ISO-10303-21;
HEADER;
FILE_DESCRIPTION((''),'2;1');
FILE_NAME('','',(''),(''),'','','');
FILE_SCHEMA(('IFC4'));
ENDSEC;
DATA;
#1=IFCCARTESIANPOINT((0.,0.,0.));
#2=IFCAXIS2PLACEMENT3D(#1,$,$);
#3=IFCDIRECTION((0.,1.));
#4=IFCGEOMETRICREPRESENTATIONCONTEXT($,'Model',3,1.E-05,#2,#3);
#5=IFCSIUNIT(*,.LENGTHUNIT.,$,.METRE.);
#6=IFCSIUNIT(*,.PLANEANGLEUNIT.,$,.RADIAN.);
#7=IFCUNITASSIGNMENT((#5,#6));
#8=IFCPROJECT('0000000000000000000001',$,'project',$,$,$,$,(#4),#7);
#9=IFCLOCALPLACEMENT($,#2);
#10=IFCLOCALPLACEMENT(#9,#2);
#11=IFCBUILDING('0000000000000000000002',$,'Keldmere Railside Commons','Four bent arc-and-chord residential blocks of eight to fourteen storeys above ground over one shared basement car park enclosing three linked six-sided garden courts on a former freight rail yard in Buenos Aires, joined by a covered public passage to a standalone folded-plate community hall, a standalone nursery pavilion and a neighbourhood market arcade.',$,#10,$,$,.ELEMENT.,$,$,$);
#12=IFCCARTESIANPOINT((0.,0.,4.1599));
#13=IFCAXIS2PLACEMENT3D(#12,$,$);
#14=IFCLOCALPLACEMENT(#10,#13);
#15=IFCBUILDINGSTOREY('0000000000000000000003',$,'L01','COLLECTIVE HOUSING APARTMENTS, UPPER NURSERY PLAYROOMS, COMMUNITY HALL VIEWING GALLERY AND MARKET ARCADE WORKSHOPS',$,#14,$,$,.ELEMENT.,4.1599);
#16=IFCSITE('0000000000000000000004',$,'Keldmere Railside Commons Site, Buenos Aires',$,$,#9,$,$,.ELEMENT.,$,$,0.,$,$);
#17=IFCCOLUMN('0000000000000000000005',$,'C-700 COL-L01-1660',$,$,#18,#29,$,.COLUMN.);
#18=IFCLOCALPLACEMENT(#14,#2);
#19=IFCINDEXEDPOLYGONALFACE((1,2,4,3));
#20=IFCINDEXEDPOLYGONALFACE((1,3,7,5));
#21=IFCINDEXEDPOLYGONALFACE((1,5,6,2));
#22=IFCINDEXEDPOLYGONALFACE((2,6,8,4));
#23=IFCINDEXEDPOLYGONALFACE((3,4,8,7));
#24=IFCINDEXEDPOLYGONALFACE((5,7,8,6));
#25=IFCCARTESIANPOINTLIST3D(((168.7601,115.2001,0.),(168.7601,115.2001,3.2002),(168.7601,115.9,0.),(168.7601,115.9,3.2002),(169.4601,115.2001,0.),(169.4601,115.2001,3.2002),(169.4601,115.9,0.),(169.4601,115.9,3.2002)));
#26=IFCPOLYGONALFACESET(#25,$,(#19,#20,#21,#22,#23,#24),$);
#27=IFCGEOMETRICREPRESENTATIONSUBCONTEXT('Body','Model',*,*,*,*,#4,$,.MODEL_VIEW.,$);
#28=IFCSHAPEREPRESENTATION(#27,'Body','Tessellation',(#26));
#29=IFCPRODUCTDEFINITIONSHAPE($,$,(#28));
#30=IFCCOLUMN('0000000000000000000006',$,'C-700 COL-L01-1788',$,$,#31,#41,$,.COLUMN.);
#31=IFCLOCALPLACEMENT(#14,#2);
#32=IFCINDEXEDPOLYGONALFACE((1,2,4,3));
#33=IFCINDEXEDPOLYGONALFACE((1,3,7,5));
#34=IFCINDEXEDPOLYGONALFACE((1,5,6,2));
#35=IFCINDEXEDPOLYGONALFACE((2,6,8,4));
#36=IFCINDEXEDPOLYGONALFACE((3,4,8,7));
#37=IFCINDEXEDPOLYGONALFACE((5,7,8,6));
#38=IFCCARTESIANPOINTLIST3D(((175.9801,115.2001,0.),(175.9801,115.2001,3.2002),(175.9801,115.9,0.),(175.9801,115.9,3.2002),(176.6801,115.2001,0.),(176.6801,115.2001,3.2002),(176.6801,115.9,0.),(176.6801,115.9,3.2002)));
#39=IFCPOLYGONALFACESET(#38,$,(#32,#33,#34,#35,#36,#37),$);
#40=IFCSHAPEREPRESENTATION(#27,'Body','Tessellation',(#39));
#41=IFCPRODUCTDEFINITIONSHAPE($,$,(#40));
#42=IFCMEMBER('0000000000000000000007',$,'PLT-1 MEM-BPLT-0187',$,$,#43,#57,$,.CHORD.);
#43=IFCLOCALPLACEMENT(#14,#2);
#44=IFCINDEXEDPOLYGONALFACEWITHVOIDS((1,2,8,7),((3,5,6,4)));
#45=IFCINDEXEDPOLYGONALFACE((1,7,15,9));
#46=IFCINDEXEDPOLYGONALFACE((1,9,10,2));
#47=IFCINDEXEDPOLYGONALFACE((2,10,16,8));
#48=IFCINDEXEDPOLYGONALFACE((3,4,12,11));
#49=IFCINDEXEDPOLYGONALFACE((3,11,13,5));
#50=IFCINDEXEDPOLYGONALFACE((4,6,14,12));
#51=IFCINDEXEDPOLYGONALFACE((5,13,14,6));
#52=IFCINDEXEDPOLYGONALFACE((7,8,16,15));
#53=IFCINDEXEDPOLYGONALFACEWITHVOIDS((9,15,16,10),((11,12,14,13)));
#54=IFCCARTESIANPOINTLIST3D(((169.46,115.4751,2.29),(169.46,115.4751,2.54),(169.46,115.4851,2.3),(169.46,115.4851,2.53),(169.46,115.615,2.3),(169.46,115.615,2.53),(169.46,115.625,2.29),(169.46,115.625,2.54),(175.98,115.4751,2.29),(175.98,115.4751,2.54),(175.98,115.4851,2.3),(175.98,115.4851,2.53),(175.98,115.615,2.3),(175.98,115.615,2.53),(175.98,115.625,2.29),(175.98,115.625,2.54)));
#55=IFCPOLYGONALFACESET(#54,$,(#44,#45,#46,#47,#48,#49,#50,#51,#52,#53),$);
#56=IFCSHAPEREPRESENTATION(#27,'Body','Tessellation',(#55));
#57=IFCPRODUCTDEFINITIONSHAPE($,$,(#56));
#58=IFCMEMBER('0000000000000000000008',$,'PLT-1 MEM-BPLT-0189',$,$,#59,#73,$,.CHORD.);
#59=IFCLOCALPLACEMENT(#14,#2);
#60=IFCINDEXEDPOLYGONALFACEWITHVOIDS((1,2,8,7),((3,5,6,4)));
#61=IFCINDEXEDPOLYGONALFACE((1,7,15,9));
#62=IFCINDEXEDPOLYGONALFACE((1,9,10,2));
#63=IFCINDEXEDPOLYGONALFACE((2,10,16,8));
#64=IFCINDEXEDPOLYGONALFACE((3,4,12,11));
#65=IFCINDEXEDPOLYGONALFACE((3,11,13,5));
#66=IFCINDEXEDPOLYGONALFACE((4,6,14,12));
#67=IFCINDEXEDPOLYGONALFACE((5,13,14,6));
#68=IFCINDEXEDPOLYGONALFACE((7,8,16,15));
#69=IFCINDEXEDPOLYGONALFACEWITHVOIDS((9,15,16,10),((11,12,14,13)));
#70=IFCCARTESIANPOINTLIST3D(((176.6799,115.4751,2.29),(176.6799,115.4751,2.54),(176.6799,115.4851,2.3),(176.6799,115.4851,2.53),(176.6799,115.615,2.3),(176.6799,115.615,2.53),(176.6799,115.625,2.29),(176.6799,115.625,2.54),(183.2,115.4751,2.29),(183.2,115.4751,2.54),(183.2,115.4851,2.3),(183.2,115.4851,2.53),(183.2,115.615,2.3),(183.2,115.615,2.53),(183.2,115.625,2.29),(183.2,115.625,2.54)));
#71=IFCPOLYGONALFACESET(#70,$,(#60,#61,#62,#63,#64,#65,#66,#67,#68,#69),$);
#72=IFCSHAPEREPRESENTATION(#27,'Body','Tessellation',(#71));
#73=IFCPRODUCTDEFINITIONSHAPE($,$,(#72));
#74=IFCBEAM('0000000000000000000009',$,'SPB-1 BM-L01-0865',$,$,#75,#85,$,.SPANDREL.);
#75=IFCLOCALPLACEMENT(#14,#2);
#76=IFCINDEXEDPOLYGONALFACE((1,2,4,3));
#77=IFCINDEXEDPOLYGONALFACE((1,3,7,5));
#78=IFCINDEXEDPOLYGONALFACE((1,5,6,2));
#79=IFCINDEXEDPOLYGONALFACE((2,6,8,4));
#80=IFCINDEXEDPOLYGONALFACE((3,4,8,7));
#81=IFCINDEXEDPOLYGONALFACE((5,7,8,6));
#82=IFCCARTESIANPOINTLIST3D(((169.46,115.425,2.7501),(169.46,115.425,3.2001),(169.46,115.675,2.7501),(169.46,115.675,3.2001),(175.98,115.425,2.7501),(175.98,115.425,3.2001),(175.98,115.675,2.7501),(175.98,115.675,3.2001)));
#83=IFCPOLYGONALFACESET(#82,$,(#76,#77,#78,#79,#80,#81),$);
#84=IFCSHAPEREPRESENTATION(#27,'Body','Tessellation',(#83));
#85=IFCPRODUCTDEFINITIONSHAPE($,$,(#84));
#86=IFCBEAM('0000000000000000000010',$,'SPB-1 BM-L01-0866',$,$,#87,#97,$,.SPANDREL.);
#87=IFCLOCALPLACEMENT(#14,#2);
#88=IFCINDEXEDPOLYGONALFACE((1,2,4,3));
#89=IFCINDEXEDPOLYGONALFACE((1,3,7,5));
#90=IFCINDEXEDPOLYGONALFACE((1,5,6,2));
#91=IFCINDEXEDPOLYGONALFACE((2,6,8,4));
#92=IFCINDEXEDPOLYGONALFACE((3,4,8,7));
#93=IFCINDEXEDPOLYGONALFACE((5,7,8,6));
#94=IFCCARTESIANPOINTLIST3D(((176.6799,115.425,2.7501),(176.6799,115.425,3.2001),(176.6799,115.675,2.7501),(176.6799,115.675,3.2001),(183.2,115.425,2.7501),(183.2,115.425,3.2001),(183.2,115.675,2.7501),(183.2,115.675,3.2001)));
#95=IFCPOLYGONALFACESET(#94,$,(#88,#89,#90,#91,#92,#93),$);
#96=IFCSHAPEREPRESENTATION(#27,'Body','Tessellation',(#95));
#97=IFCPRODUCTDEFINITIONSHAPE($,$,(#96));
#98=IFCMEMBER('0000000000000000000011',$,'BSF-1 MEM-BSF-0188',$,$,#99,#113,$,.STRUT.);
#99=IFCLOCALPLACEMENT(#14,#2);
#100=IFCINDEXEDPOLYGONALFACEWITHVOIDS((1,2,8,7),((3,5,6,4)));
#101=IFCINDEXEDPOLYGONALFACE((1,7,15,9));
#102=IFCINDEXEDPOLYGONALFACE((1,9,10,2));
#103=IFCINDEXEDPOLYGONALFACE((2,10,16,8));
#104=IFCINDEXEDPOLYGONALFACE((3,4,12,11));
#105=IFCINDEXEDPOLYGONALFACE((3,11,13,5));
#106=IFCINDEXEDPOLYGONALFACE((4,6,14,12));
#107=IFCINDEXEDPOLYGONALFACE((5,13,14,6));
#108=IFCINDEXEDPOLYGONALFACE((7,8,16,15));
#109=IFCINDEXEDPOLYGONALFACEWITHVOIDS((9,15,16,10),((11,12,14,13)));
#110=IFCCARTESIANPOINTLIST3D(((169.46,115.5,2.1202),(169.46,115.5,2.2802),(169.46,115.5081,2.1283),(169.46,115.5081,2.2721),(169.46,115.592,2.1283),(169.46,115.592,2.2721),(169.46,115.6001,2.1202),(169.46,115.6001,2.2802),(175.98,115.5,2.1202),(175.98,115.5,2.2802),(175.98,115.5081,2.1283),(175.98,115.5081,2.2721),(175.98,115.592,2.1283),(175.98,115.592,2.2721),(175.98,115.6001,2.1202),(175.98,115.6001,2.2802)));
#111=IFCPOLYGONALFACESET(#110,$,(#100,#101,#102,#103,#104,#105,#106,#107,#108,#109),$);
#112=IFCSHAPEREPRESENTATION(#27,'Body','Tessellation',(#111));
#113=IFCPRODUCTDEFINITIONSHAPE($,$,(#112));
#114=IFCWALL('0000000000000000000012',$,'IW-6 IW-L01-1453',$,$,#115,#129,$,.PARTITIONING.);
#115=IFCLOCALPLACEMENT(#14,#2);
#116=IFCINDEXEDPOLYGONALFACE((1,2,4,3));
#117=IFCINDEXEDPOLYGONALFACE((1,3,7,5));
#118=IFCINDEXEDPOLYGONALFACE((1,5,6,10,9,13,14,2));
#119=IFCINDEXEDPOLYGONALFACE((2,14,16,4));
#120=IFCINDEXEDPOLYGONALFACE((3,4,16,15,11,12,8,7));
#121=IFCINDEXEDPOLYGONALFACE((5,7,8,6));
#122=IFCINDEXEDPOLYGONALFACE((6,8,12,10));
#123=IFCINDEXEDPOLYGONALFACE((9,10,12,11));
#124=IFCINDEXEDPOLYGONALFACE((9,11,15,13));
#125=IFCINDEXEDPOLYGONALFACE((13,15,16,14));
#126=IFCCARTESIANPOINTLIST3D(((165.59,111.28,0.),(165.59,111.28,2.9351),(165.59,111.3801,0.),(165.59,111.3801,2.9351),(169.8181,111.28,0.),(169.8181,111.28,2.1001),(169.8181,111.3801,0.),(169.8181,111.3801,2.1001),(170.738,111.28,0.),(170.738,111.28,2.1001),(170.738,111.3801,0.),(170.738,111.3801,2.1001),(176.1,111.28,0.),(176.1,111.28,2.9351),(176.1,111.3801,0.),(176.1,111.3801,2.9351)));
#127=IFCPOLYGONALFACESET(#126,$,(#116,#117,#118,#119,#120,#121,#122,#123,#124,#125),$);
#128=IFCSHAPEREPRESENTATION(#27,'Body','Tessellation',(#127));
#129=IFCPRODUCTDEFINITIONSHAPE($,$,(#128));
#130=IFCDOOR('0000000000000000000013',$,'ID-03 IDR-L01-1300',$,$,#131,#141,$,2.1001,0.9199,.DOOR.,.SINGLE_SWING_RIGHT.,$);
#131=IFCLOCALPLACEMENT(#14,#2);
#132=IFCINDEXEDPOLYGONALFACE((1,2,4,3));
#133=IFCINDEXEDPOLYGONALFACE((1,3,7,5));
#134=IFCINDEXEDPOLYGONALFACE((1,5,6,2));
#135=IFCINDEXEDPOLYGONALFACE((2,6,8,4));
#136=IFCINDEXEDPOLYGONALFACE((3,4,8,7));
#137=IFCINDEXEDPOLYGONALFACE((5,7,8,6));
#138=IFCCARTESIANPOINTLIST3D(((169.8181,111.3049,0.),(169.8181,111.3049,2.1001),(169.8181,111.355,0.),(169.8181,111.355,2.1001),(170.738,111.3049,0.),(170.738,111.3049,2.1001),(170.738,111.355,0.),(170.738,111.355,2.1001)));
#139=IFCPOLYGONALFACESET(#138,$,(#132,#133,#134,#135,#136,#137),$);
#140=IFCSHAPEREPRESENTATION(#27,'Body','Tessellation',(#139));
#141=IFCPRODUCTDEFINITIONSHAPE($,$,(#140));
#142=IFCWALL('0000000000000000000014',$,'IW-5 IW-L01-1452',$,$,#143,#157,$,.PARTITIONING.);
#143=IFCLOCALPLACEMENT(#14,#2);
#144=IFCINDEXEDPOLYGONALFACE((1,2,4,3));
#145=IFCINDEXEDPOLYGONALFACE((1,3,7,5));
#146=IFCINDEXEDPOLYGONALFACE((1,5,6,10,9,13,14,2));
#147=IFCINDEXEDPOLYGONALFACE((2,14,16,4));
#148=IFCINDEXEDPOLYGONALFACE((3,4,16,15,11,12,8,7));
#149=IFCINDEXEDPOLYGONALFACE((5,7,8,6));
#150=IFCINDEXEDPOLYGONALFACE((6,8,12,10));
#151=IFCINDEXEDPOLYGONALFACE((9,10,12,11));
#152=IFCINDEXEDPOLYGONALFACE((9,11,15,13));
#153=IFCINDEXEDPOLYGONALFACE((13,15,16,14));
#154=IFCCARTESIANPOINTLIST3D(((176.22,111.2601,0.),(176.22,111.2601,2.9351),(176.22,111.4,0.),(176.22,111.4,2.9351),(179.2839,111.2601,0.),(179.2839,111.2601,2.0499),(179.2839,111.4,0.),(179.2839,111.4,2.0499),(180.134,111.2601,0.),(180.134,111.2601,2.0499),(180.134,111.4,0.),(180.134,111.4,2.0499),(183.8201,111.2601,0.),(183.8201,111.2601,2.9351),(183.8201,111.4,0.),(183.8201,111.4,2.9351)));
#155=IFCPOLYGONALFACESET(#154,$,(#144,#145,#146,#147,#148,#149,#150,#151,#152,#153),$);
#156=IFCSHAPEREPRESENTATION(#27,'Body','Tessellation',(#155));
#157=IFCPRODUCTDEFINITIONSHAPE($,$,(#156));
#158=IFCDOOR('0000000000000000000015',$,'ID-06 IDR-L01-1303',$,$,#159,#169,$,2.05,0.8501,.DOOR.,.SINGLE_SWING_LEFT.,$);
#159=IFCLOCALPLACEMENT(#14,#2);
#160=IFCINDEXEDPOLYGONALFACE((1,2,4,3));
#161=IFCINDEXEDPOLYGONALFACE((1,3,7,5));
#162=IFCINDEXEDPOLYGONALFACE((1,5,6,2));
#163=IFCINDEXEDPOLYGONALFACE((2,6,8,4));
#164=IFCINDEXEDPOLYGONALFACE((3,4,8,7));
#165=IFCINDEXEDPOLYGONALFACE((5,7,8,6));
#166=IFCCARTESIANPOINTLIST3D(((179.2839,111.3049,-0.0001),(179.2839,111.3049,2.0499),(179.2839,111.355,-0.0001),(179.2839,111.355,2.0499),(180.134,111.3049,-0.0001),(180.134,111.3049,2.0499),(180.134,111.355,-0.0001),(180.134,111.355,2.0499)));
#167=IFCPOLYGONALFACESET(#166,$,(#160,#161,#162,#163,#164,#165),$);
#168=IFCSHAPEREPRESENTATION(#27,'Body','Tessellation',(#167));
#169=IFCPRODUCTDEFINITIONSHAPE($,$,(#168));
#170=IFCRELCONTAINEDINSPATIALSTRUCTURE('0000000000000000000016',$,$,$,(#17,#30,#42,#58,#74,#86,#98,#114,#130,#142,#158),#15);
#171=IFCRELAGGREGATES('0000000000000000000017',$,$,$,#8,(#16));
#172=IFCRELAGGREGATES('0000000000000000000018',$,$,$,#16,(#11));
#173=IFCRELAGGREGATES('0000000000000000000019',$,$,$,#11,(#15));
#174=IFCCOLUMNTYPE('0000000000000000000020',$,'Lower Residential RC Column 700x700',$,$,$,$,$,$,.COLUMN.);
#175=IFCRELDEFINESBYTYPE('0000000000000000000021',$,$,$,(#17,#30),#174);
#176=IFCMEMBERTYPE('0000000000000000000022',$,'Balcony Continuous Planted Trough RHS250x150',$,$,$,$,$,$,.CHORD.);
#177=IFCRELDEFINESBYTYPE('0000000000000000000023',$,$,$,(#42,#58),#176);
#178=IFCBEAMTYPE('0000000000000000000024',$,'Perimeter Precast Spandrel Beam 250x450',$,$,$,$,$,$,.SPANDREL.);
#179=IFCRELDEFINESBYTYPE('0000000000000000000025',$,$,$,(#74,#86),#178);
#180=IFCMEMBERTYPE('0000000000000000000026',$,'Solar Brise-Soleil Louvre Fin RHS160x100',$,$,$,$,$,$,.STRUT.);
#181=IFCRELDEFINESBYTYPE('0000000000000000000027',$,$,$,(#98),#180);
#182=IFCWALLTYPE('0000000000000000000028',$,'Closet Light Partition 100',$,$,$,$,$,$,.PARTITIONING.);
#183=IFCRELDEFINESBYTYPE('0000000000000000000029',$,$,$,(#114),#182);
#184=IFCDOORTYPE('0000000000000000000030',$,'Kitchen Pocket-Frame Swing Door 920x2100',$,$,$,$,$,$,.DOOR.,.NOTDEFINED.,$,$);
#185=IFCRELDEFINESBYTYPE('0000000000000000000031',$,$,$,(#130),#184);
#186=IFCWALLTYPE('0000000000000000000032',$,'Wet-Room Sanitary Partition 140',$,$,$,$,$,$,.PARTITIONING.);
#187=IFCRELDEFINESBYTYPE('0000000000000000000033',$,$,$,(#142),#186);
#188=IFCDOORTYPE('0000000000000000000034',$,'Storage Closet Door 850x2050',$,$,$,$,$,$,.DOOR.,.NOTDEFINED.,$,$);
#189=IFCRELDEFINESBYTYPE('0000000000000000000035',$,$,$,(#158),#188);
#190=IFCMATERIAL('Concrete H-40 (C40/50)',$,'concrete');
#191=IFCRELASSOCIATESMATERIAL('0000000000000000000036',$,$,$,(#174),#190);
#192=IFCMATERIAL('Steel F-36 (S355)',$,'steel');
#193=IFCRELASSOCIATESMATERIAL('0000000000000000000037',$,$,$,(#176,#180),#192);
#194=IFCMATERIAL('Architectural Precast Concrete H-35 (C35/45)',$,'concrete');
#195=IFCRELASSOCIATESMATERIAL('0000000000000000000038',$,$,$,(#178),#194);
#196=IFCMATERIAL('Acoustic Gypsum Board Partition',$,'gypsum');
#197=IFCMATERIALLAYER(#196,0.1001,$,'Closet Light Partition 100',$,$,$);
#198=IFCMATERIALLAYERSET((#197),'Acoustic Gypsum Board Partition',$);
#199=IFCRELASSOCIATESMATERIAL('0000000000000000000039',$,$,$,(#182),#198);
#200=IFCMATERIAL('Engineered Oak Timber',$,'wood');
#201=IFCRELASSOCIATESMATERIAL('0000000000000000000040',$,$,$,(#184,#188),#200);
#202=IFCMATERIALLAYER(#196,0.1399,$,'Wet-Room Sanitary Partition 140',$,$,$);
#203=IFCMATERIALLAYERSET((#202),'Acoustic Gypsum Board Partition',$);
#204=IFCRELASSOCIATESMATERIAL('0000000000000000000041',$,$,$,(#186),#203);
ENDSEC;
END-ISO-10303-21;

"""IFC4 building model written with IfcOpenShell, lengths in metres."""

from ifc_helpers import new_model, si_unit, direction, frame, frame_2d, origin, origin_2d, place, context, subcontext, project, spatial, rectangle, hollow_rectangle, extrude, material, layer, layer_set, material_profile, profile_set, type_object, element, fill, save


model = new_model("IFC4")

# Units and contexts
model_context = context("Model", 3, precision=1e-05, world=origin(), true_north=direction((0.0, 1.0)))
body_context = subcontext(model_context, "Body", "Model", "MODEL_VIEW")
ifc_project = project(units=[si_unit("LENGTHUNIT", "METRE"), si_unit("PLANEANGLEUNIT", "RADIAN")], contexts=[model_context])

# Site, building, storey
site_placement = place(None, origin())
site = spatial("IfcSite", under=ifc_project, at=site_placement, Name="Keldmere Railside Commons Site, Buenos Aires", CompositionType="ELEMENT", RefElevation=0.0)
building_placement = place(site_placement, origin())
building = spatial("IfcBuilding", under=site, at=building_placement, Name="Keldmere Railside Commons", Description="Four bent arc-and-chord residential blocks of eight to fourteen storeys above ground over one shared basement car park enclosing three linked six-sided garden courts on a former freight rail yard in Buenos Aires, joined by a covered public passage to a standalone folded-plate community hall, a standalone nursery pavilion and a neighbourhood market arcade.", CompositionType="ELEMENT")
storey_placement = place(building_placement, frame((0.0, 0.0, 4.1599)))
storey = spatial("IfcBuildingStorey", under=building, at=storey_placement, Name="L01", Description="COLLECTIVE HOUSING APARTMENTS, UPPER NURSERY PLAYROOMS, COMMUNITY HALL VIEWING GALLERY AND MARKET ARCADE WORKSHOPS", CompositionType="ELEMENT", Elevation=4.1599)

# Columns
ifc_material_1 = material(Name="Concrete H-40 (C40/50)", Category="concrete")
ifc_material_profile_1 = material_profile(ifc_material_1, rectangle(XDim=0.7, YDim=0.7, at=origin_2d()), Name="RC-700x700")
ifc_profile_set_1 = profile_set([ifc_material_profile_1], Name="Concrete H-40 (C40/50)")
column_type = type_object("IfcColumnType", Name="Lower Residential RC Column 700x700", PredefinedType="COLUMN", material=ifc_profile_set_1)
for number, where, z_axis, x_axis, name in (
    (1, (169.1101, 115.55, 0.0), (0.0, 0.0, 1.0), (1.0, 0.0, 0.0), "C-700 COL-L01-1660"),
    (2, (176.3301, 115.55, 0.0), (0.0, 0.0, 1.0), (1.0, 0.0, 0.0), "C-700 COL-L01-1788"),
):
    element("IfcColumn", number, at=place(storey_placement, frame(where, z_axis=z_axis, x_axis=x_axis)), inside=storey, type_object=column_type, Name=name, PredefinedType="COLUMN", context=body_context, shape_type="SweptSolid", body=[
        extrude(rectangle(XDim=0.7, YDim=0.7, at=origin_2d()), origin(), (0.0, 0.0, 1.0), 3.2002),
    ])

# Members
ifc_material_2 = material(Name="Steel F-36 (S355)", Category="steel")
ifc_material_profile_2 = material_profile(ifc_material_2, hollow_rectangle(XDim=0.1499, YDim=0.25, WallThickness=0.01, at=origin_2d()), Name="RHS-250x150x10")
ifc_profile_set_2 = profile_set([ifc_material_profile_2], Name="Steel F-36 (S355)")
member_type_1 = type_object("IfcMemberType", Name="Balcony Continuous Planted Trough RHS250x150", PredefinedType="CHORD", material=ifc_profile_set_2)
for number, where, z_axis, x_axis, name in (
    (3, (169.46, 115.55, 2.415), (1.0, 0.0, 0.0), (0.0, 1.0, 0.0), "PLT-1 MEM-BPLT-0187"),
    (4, (176.6799, 115.55, 2.415), (1.0, 0.0, 0.0), (0.0, 1.0, 0.0), "PLT-1 MEM-BPLT-0189"),
):
    element("IfcMember", number, at=place(storey_placement, frame(where, z_axis=z_axis, x_axis=x_axis)), inside=storey, type_object=member_type_1, Name=name, PredefinedType="CHORD", context=body_context, shape_type="SweptSolid", body=[
        extrude(hollow_rectangle(XDim=0.1499, YDim=0.25, WallThickness=0.01, at=origin_2d()), origin(), (0.0, 0.0, 1.0), 6.52),
    ])

# Beams
ifc_material_3 = material(Name="Architectural Precast Concrete H-35 (C35/45)", Category="concrete")
ifc_material_profile_3 = material_profile(ifc_material_3, rectangle(XDim=0.25, YDim=0.45, at=origin_2d()), Name="RC-250x450")
ifc_profile_set_3 = profile_set([ifc_material_profile_3], Name="Architectural Precast Concrete H-35 (C35/45)")
beam_type = type_object("IfcBeamType", Name="Perimeter Precast Spandrel Beam 250x450", PredefinedType="SPANDREL", material=ifc_profile_set_3)
for number, where, z_axis, x_axis, name in (
    (5, (169.46, 115.55, 2.9751), (1.0, 0.0, 0.0), (0.0, 1.0, 0.0), "SPB-1 BM-L01-0865"),
    (6, (176.6799, 115.55, 2.9751), (1.0, 0.0, 0.0), (0.0, 1.0, 0.0), "SPB-1 BM-L01-0866"),
):
    element("IfcBeam", number, at=place(storey_placement, frame(where, z_axis=z_axis, x_axis=x_axis)), inside=storey, type_object=beam_type, Name=name, PredefinedType="SPANDREL", context=body_context, shape_type="SweptSolid", body=[
        extrude(rectangle(XDim=0.25, YDim=0.45, at=origin_2d()), origin(), (0.0, 0.0, 1.0), 6.52),
    ])

# Member
ifc_material_profile_4 = material_profile(ifc_material_2, hollow_rectangle(XDim=0.1001, YDim=0.1599, WallThickness=0.0081, at=origin_2d()), Name="RHS-160x100x8")
ifc_profile_set_4 = profile_set([ifc_material_profile_4], Name="Steel F-36 (S355)")
member_type_2 = type_object("IfcMemberType", Name="Solar Brise-Soleil Louvre Fin RHS160x100", PredefinedType="STRUT", material=ifc_profile_set_4)
member_placement = place(storey_placement, frame((169.46, 115.55, 2.2002), z_axis=(1.0, 0.0, 0.0), x_axis=(0.0, 1.0, 0.0)))
element("IfcMember", 7, at=member_placement, inside=storey, type_object=member_type_2, Name="BSF-1 MEM-BSF-0188", PredefinedType="STRUT", context=body_context, shape_type="SweptSolid", body=[
    extrude(hollow_rectangle(XDim=0.1001, YDim=0.1599, WallThickness=0.0081, at=origin_2d()), origin(), (0.0, 0.0, 1.0), 6.52),
])

# Walls, openings, doors
ifc_material_4 = material(Name="Acoustic Gypsum Board Partition", Category="gypsum")
ifc_layer_1 = layer(ifc_material_4, 0.1001, Name="Closet Light Partition 100")
ifc_layer_set_1 = layer_set([ifc_layer_1], Name="Acoustic Gypsum Board Partition")
wall_type_1 = type_object("IfcWallType", Name="Closet Light Partition 100", PredefinedType="PARTITIONING", material=ifc_layer_set_1)
wall_1_placement = place(storey_placement, frame((165.5901, 111.3301, 0.0), z_axis=(0.0, 0.0, 1.0), x_axis=(1.0, 0.0, 0.0)))
wall_1 = element("IfcWall", 8, at=wall_1_placement, inside=storey, type_object=wall_type_1, Name="IW-6 IW-L01-1453", PredefinedType="PARTITIONING", context=body_context, shape_type="SweptSolid", body=[
    extrude(rectangle(XDim=10.51, YDim=0.1001, at=frame_2d((5.2549, 0.0))), origin(), (0.0, 0.0, 1.0), 2.9351),
])
opening_1_placement = place(wall_1_placement, frame((4.228, 0.0, 0.0)))
opening_1 = element("IfcOpeningElement", 9, at=opening_1_placement, cuts=wall_1, PredefinedType="OPENING", context=body_context, shape_type="SweptSolid", body=[
    extrude(rectangle(XDim=0.9199, YDim=2.1001, at=frame_2d((0.46, 1.05))), frame((0.0, 0.0601, 0.0), z_axis=(0.0, -1.0, 0.0), x_axis=(1.0, 0.0, 0.0)), (0.0, 0.0, 1.0), 0.1201),
])
ifc_material_5 = material(Name="Engineered Oak Timber", Category="wood")
door_type_1 = type_object("IfcDoorType", Name="Kitchen Pocket-Frame Swing Door 920x2100", OperationType="NOTDEFINED", PredefinedType="DOOR", material=ifc_material_5)
door_1_placement = place(opening_1_placement, origin())
door_1 = element("IfcDoor", 10, at=door_1_placement, inside=storey, type_object=door_type_1, Name="ID-03 IDR-L01-1300", OperationType="SINGLE_SWING_RIGHT", OverallHeight=2.1001, OverallWidth=0.9199, PredefinedType="DOOR", context=body_context, shape_type="SweptSolid", body=[
    extrude(rectangle(XDim=0.9199, YDim=2.1001, at=frame_2d((0.46, 1.05))), frame((0.0, 0.0249, 0.0), z_axis=(0.0, -1.0, 0.0), x_axis=(1.0, 0.0, 0.0)), (0.0, 0.0, 1.0), 0.05),
])
fill(opening_1, door_1)
ifc_layer_2 = layer(ifc_material_4, 0.1399, Name="Wet-Room Sanitary Partition 140")
ifc_layer_set_2 = layer_set([ifc_layer_2], Name="Acoustic Gypsum Board Partition")
wall_type_2 = type_object("IfcWallType", Name="Wet-Room Sanitary Partition 140", PredefinedType="PARTITIONING", material=ifc_layer_set_2)
wall_2_placement = place(storey_placement, frame((176.22, 111.3301, 0.0), z_axis=(0.0, 0.0, 1.0), x_axis=(1.0, 0.0, 0.0)))
wall_2 = element("IfcWall", 11, at=wall_2_placement, inside=storey, type_object=wall_type_2, Name="IW-5 IW-L01-1452", PredefinedType="PARTITIONING", context=body_context, shape_type="SweptSolid", body=[
    extrude(rectangle(XDim=7.6001, YDim=0.1399, at=frame_2d((3.8, 0.0))), origin(), (0.0, 0.0, 1.0), 2.9351),
])
opening_2_placement = place(wall_2_placement, frame((3.064, 0.0, 0.0)))
opening_2 = element("IfcOpeningElement", 12, at=opening_2_placement, cuts=wall_2, PredefinedType="OPENING", context=body_context, shape_type="SweptSolid", body=[
    extrude(rectangle(XDim=0.8501, YDim=2.05, at=frame_2d((0.425, 1.0249))), frame((0.0, 0.0798, 0.0), z_axis=(0.0, -1.0, 0.0), x_axis=(1.0, 0.0, 0.0)), (0.0, 0.0, 1.0), 0.1599),
])
door_type_2 = type_object("IfcDoorType", Name="Storage Closet Door 850x2050", OperationType="NOTDEFINED", PredefinedType="DOOR", material=ifc_material_5)
door_2_placement = place(opening_2_placement, origin())
door_2 = element("IfcDoor", 13, at=door_2_placement, inside=storey, type_object=door_type_2, Name="ID-06 IDR-L01-1303", OperationType="SINGLE_SWING_LEFT", OverallHeight=2.05, OverallWidth=0.8501, PredefinedType="DOOR", context=body_context, shape_type="SweptSolid", body=[
    extrude(rectangle(XDim=0.8501, YDim=2.05, at=frame_2d((0.425, 1.0249))), frame((0.0, 0.0249, 0.0), z_axis=(0.0, -1.0, 0.0), x_axis=(1.0, 0.0, 0.0)), (0.0, 0.0, 1.0), 0.05),
])
fill(opening_2, door_2)

save(model, "model.ifc")
